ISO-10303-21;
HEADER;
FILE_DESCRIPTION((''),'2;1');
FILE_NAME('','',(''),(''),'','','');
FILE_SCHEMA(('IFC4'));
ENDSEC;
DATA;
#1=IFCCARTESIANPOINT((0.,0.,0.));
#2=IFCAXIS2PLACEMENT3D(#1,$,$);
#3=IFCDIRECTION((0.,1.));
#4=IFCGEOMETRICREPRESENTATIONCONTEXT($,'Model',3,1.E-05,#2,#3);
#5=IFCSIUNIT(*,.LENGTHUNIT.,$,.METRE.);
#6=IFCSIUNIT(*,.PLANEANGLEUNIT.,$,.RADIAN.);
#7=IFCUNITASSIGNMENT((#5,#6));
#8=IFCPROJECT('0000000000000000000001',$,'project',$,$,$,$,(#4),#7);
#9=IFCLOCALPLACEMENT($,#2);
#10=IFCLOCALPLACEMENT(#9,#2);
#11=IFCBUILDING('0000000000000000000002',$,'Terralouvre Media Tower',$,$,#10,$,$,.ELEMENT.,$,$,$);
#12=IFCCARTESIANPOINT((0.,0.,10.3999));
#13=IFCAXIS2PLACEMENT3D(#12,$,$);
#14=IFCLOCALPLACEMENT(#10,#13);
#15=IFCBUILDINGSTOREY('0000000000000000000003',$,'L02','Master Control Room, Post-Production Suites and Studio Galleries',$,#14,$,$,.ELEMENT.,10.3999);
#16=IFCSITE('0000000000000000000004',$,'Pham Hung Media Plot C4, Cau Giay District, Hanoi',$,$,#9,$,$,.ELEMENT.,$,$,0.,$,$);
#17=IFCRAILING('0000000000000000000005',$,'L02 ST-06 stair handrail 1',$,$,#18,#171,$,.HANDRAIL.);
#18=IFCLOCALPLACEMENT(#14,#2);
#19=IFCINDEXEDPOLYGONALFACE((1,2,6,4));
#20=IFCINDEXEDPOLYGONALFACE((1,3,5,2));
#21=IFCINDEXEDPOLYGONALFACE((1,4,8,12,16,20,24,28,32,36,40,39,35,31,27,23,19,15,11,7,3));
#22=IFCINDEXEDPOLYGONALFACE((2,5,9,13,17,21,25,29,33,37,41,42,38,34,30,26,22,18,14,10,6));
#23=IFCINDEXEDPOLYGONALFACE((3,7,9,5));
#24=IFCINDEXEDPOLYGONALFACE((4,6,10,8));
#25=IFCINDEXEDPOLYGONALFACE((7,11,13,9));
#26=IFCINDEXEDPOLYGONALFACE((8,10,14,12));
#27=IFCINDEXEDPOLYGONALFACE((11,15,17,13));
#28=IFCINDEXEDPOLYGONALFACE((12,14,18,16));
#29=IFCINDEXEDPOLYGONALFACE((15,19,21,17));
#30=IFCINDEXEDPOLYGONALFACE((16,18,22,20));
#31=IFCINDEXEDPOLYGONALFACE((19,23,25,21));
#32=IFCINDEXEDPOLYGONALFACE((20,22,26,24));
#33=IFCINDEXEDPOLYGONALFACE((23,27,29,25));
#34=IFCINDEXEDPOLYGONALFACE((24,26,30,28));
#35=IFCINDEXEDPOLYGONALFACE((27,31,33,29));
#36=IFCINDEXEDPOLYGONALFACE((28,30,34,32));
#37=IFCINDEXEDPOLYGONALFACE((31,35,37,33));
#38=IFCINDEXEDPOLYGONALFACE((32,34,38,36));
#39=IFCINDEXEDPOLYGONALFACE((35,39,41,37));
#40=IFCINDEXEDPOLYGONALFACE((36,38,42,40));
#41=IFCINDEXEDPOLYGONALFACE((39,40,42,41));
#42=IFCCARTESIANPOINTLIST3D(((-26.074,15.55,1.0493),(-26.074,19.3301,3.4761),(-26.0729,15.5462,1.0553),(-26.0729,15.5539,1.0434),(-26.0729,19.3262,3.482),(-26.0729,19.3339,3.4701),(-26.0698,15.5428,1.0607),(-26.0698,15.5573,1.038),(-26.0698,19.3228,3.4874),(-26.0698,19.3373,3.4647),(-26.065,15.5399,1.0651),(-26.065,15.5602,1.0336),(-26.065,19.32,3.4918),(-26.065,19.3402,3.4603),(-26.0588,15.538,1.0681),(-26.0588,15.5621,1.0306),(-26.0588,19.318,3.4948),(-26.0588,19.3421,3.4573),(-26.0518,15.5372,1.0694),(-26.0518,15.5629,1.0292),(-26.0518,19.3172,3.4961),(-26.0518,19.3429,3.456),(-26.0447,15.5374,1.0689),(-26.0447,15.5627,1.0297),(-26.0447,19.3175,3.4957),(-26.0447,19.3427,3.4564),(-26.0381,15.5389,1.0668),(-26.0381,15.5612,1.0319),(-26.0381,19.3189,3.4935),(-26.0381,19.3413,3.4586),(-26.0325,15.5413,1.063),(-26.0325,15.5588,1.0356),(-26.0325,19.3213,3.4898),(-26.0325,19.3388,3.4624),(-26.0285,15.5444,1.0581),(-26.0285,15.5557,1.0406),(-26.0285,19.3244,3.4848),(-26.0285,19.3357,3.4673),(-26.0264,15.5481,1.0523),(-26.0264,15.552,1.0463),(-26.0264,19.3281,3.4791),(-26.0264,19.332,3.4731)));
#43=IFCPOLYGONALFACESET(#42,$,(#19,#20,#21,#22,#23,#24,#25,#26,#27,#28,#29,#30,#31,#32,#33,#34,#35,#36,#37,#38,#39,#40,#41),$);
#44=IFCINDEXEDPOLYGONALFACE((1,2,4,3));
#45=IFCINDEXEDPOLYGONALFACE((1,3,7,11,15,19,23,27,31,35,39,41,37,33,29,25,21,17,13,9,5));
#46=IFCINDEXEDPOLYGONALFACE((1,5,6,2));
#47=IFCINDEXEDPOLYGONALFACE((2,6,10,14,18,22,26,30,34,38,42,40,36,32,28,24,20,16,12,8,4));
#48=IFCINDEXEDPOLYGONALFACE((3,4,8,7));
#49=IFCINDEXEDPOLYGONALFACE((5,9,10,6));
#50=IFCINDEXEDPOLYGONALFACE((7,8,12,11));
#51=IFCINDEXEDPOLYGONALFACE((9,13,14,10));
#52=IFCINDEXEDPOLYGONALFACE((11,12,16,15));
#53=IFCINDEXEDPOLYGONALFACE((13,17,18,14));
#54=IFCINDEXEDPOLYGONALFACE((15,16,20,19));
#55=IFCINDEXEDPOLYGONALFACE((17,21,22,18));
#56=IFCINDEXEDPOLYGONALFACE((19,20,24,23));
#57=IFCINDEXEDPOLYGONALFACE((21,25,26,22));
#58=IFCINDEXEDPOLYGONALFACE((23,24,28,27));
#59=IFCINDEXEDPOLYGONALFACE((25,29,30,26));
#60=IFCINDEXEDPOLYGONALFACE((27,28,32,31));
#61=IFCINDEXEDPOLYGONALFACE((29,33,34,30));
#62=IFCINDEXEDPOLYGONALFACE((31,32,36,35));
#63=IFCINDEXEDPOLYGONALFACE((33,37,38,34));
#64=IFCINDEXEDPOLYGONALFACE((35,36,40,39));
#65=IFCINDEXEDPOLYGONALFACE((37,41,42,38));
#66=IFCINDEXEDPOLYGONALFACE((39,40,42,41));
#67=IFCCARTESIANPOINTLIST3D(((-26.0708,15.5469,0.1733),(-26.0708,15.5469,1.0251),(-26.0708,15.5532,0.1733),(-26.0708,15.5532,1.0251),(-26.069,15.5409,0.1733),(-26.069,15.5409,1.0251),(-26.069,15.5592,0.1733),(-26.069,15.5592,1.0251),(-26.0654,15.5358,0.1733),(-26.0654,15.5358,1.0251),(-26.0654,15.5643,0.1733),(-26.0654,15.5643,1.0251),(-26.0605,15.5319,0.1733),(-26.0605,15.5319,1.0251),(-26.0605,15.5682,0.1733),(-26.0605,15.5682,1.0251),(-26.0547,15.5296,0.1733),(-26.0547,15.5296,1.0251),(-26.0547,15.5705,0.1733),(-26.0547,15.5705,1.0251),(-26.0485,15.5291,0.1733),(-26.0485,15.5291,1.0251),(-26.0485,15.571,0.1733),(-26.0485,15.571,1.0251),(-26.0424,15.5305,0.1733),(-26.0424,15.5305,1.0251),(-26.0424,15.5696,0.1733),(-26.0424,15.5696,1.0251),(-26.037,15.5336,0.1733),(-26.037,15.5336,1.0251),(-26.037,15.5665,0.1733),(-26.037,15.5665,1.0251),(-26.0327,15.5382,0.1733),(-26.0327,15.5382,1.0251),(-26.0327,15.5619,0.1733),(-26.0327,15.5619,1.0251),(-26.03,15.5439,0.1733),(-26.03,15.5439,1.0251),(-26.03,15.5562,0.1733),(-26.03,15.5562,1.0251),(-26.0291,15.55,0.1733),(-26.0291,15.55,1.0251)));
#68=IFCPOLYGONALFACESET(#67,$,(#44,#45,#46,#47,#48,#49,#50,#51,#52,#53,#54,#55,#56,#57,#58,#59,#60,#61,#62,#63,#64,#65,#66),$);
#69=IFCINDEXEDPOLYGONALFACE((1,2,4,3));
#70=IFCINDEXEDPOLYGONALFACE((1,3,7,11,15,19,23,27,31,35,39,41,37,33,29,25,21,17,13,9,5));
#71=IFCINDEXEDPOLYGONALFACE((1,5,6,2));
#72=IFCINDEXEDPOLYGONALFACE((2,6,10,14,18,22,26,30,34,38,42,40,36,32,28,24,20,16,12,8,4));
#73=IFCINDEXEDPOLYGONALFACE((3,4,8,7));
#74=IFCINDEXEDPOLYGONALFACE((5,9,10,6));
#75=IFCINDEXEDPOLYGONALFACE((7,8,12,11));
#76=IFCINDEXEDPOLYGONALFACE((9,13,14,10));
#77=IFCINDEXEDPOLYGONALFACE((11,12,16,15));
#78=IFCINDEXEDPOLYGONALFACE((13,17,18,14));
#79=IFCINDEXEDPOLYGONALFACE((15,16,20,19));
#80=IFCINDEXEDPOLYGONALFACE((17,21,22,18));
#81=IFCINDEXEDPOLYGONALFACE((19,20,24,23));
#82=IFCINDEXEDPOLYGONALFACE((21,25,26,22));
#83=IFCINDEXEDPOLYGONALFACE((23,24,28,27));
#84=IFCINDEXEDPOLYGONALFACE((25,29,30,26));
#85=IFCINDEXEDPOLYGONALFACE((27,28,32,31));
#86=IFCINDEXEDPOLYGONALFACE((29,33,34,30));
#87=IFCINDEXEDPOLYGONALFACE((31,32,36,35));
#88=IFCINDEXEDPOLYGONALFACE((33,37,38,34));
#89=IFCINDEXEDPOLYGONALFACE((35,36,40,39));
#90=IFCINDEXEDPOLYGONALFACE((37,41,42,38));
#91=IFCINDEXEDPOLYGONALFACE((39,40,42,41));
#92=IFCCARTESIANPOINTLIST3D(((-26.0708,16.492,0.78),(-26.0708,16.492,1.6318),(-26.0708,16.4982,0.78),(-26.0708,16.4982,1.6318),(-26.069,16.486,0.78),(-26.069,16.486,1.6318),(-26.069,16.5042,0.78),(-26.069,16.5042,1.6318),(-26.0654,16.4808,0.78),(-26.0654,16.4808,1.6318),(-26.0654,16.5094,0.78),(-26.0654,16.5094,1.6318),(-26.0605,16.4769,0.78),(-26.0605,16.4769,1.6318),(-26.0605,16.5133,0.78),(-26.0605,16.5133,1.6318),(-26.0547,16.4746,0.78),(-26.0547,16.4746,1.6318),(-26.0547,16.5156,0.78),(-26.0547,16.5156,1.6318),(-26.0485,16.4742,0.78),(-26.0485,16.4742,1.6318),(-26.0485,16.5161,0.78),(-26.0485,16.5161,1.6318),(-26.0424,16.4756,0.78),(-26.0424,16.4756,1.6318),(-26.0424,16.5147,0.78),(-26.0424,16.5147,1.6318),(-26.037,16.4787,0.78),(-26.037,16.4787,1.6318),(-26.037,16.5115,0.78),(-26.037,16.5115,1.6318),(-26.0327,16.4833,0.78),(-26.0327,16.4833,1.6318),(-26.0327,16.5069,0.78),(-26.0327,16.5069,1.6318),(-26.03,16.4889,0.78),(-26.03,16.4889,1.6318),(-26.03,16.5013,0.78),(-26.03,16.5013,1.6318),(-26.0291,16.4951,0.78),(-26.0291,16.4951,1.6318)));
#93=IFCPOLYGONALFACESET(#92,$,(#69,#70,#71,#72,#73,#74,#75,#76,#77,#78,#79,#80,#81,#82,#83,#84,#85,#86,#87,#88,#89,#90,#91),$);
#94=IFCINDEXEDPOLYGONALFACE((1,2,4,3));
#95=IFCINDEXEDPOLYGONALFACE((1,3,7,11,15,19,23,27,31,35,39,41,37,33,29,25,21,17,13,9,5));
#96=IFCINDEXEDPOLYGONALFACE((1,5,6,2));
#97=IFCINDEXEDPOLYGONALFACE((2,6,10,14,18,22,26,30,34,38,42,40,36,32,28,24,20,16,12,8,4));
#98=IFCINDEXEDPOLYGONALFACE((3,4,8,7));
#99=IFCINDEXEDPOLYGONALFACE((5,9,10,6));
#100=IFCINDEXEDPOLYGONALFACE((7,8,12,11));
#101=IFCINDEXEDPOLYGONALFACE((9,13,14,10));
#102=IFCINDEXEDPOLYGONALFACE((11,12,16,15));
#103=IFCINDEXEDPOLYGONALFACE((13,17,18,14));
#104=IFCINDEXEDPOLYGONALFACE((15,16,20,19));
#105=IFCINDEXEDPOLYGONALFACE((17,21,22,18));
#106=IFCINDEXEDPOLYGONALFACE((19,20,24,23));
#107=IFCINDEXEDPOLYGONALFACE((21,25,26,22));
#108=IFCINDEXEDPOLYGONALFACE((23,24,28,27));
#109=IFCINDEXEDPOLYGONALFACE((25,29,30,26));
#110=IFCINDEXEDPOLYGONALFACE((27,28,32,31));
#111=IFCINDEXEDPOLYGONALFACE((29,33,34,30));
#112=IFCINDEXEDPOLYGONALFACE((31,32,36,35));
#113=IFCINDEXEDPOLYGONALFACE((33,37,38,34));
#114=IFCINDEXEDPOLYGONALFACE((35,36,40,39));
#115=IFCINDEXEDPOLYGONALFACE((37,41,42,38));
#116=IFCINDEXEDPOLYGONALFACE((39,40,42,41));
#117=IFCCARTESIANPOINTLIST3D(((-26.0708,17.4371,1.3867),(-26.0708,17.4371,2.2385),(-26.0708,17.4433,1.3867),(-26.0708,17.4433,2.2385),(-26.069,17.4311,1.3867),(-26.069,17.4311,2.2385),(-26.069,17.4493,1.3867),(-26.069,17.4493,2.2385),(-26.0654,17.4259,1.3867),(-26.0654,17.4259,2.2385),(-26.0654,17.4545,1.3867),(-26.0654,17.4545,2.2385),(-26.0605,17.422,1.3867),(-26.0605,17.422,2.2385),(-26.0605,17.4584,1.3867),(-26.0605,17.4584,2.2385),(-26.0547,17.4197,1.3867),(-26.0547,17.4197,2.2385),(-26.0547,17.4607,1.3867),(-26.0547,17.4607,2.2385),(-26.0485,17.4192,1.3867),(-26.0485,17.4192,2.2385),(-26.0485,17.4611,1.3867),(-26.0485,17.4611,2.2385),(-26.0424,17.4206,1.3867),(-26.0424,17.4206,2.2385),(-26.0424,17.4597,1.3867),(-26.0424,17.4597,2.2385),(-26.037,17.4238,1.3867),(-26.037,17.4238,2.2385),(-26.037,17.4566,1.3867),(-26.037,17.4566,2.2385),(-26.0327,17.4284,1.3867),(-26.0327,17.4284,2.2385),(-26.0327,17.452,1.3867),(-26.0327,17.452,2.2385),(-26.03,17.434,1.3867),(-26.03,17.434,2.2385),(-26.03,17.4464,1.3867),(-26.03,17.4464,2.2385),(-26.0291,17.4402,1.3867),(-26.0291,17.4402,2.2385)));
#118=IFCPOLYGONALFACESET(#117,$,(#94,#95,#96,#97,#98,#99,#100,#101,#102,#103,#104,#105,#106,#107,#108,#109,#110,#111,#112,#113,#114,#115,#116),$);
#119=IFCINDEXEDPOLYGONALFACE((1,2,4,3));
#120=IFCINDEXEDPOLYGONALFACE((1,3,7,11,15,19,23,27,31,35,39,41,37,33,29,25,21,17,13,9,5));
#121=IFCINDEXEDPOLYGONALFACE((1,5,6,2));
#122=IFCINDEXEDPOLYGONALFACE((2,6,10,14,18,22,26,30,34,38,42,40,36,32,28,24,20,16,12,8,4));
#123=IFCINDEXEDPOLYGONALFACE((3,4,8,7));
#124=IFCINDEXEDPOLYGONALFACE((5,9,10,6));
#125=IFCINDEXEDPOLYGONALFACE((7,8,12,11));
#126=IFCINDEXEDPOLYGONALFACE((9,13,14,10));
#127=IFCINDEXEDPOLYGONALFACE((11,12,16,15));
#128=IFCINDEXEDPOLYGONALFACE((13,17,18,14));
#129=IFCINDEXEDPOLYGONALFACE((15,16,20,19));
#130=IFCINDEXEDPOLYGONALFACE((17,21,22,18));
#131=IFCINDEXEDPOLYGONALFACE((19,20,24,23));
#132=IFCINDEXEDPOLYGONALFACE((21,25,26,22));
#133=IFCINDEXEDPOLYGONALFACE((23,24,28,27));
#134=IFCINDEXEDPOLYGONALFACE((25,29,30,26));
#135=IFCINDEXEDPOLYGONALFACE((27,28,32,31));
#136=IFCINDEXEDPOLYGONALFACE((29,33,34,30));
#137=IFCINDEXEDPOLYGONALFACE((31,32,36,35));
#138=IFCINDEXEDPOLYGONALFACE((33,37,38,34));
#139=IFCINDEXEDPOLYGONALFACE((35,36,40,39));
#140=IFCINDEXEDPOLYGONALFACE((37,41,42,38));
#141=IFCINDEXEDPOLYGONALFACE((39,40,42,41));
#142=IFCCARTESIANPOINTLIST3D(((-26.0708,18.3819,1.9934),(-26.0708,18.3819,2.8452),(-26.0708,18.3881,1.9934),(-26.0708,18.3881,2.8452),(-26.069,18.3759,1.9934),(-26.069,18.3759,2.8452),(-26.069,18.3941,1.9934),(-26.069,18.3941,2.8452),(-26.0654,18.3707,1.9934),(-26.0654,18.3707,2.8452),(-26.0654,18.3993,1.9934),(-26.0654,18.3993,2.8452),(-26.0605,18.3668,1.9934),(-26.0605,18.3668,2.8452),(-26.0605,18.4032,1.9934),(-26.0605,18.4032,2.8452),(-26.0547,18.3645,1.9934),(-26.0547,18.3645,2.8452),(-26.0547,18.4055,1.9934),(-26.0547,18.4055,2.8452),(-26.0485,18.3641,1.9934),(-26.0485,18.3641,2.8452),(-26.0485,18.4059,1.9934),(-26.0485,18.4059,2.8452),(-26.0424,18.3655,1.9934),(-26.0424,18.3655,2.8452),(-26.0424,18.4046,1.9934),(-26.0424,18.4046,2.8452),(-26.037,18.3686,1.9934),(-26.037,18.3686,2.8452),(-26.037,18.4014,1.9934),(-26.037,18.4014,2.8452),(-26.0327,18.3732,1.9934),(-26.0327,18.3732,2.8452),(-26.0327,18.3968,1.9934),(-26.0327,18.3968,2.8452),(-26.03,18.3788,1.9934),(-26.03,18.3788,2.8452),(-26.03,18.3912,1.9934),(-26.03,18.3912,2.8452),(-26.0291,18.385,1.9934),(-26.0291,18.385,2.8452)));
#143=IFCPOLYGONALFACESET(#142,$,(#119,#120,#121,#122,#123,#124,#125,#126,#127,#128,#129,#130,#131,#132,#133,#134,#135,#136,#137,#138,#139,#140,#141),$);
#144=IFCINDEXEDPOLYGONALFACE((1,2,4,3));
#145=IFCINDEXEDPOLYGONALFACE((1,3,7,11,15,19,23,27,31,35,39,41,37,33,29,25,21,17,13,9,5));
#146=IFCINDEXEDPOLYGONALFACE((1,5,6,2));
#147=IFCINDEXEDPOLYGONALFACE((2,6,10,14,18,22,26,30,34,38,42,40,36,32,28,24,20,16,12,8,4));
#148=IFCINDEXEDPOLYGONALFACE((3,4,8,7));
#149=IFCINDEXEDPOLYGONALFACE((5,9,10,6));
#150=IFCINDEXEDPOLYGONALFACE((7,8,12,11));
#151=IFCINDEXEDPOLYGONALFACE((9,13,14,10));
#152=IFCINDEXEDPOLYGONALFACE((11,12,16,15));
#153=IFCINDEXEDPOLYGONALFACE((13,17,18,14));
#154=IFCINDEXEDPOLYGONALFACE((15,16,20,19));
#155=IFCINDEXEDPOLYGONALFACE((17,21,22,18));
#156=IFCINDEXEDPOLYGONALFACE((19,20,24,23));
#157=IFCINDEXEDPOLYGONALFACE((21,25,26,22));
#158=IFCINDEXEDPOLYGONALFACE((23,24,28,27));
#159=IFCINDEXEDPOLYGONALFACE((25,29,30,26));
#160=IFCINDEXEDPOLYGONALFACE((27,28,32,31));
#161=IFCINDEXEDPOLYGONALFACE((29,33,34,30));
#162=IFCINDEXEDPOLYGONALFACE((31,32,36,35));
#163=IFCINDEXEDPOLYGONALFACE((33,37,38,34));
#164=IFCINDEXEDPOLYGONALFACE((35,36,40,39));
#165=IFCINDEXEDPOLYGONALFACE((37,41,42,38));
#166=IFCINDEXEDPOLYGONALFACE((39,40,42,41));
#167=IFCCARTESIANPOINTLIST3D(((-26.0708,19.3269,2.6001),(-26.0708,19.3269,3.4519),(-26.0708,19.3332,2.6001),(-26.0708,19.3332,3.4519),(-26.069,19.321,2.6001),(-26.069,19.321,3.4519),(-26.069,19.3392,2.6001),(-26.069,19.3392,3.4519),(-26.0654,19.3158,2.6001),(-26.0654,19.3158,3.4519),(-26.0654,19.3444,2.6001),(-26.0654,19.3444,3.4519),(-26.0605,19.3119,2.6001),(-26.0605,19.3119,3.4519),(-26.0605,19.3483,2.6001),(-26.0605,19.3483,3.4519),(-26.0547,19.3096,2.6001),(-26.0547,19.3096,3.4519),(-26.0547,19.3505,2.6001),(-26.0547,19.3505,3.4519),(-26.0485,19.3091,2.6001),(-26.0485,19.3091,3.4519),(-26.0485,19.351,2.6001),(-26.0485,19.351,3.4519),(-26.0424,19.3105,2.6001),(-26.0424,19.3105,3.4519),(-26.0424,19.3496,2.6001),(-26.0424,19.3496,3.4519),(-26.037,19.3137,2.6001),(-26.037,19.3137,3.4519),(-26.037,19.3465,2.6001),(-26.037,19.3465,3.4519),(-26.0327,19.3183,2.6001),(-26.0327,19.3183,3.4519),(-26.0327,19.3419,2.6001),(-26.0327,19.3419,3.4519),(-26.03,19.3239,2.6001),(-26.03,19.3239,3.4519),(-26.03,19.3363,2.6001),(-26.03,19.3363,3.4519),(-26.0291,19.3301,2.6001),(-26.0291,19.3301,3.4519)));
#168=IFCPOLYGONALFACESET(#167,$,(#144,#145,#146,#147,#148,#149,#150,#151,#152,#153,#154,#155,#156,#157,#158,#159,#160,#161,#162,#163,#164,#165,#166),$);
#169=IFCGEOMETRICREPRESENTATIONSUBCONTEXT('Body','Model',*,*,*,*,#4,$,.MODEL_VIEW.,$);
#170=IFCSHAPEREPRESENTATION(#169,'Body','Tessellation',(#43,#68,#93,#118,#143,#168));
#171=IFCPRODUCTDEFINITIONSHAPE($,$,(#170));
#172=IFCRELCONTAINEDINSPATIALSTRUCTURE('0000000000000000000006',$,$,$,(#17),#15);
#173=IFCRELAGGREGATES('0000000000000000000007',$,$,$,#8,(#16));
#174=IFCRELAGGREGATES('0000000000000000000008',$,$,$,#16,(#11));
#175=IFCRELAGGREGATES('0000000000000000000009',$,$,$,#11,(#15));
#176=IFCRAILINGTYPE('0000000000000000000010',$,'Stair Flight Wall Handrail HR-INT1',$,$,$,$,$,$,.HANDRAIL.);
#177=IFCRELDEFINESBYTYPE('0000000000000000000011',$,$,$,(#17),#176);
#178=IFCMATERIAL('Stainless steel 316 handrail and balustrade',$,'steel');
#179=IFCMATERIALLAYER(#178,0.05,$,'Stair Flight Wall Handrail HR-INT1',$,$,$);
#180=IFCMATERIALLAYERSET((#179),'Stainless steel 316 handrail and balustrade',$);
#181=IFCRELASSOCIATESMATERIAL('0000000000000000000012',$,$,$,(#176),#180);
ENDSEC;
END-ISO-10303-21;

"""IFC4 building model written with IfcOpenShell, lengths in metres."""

from ifc_helpers import new_model, si_unit, direction, frame, origin, origin_2d, place, context, subcontext, project, spatial, circle, extrude, material, layer, layer_set, type_object, element, save


model = new_model("IFC4")

# Units and contexts
model_context = context("Model", 3, precision=1e-05, world=origin(), true_north=direction((0.0, 1.0)))
body_context = subcontext(model_context, "Body", "Model", "MODEL_VIEW")
ifc_project = project(units=[si_unit("LENGTHUNIT", "METRE"), si_unit("PLANEANGLEUNIT", "RADIAN")], contexts=[model_context])

# Site, building, storey
site_placement = place(None, origin())
site = spatial("IfcSite", under=ifc_project, at=site_placement, Name="Pham Hung Media Plot C4, Cau Giay District, Hanoi", CompositionType="ELEMENT", RefElevation=0.0)
building_placement = place(site_placement, origin())
building = spatial("IfcBuilding", under=site, at=building_placement, Name="Terralouvre Media Tower", CompositionType="ELEMENT")
storey_placement = place(building_placement, frame((0.0, 0.0, 10.3999)))
storey = spatial("IfcBuildingStorey", under=building, at=storey_placement, Name="L02", Description="Master Control Room, Post-Production Suites and Studio Galleries", CompositionType="ELEMENT", Elevation=10.3999)

# Railing
ifc_material_1 = material(Name="Stainless steel 316 handrail and balustrade", Category="steel")
ifc_layer_1 = layer(ifc_material_1, 0.05, Name="Stair Flight Wall Handrail HR-INT1")
ifc_layer_set_1 = layer_set([ifc_layer_1], Name="Stainless steel 316 handrail and balustrade")
railing_type_1 = type_object("IfcRailingType", Name="Stair Flight Wall Handrail HR-INT1", PredefinedType="HANDRAIL", material=ifc_layer_set_1)
railing_1_placement = place(storey_placement, frame((-26.05, 15.55, 0.1733)))
element("IfcRailing", 1, at=railing_1_placement, inside=storey, type_object=railing_type_1, Name="L02 ST-06 stair handrail 1", PredefinedType="HANDRAIL", context=body_context, shape_type="SweptSolid", body=[
    extrude(circle(Radius=0.0239, at=origin_2d()), frame((0.0, 0.0, 0.876), z_axis=(0.0, 0.841509, 0.540244), x_axis=(-1.0, 0.0, 0.0)), (0.0, 0.0, 1.0), 4.4919),
    extrude(circle(Radius=0.021, at=origin_2d()), origin(), (0.0, 0.0, 1.0), 0.8518),
    extrude(circle(Radius=0.021, at=origin_2d()), frame((0.0, 0.9451, 0.6067)), (0.0, 0.0, 1.0), 0.8518),
    extrude(circle(Radius=0.021, at=origin_2d()), frame((0.0, 1.8901, 1.2134)), (0.0, 0.0, 1.0), 0.8518),
    extrude(circle(Radius=0.021, at=origin_2d()), frame((0.0, 2.835, 1.8201)), (0.0, 0.0, 1.0), 0.8518),
    extrude(circle(Radius=0.021, at=origin_2d()), frame((0.0, 3.78, 2.4268)), (0.0, 0.0, 1.0), 0.8518),
])

save(model, "model.ifc")
